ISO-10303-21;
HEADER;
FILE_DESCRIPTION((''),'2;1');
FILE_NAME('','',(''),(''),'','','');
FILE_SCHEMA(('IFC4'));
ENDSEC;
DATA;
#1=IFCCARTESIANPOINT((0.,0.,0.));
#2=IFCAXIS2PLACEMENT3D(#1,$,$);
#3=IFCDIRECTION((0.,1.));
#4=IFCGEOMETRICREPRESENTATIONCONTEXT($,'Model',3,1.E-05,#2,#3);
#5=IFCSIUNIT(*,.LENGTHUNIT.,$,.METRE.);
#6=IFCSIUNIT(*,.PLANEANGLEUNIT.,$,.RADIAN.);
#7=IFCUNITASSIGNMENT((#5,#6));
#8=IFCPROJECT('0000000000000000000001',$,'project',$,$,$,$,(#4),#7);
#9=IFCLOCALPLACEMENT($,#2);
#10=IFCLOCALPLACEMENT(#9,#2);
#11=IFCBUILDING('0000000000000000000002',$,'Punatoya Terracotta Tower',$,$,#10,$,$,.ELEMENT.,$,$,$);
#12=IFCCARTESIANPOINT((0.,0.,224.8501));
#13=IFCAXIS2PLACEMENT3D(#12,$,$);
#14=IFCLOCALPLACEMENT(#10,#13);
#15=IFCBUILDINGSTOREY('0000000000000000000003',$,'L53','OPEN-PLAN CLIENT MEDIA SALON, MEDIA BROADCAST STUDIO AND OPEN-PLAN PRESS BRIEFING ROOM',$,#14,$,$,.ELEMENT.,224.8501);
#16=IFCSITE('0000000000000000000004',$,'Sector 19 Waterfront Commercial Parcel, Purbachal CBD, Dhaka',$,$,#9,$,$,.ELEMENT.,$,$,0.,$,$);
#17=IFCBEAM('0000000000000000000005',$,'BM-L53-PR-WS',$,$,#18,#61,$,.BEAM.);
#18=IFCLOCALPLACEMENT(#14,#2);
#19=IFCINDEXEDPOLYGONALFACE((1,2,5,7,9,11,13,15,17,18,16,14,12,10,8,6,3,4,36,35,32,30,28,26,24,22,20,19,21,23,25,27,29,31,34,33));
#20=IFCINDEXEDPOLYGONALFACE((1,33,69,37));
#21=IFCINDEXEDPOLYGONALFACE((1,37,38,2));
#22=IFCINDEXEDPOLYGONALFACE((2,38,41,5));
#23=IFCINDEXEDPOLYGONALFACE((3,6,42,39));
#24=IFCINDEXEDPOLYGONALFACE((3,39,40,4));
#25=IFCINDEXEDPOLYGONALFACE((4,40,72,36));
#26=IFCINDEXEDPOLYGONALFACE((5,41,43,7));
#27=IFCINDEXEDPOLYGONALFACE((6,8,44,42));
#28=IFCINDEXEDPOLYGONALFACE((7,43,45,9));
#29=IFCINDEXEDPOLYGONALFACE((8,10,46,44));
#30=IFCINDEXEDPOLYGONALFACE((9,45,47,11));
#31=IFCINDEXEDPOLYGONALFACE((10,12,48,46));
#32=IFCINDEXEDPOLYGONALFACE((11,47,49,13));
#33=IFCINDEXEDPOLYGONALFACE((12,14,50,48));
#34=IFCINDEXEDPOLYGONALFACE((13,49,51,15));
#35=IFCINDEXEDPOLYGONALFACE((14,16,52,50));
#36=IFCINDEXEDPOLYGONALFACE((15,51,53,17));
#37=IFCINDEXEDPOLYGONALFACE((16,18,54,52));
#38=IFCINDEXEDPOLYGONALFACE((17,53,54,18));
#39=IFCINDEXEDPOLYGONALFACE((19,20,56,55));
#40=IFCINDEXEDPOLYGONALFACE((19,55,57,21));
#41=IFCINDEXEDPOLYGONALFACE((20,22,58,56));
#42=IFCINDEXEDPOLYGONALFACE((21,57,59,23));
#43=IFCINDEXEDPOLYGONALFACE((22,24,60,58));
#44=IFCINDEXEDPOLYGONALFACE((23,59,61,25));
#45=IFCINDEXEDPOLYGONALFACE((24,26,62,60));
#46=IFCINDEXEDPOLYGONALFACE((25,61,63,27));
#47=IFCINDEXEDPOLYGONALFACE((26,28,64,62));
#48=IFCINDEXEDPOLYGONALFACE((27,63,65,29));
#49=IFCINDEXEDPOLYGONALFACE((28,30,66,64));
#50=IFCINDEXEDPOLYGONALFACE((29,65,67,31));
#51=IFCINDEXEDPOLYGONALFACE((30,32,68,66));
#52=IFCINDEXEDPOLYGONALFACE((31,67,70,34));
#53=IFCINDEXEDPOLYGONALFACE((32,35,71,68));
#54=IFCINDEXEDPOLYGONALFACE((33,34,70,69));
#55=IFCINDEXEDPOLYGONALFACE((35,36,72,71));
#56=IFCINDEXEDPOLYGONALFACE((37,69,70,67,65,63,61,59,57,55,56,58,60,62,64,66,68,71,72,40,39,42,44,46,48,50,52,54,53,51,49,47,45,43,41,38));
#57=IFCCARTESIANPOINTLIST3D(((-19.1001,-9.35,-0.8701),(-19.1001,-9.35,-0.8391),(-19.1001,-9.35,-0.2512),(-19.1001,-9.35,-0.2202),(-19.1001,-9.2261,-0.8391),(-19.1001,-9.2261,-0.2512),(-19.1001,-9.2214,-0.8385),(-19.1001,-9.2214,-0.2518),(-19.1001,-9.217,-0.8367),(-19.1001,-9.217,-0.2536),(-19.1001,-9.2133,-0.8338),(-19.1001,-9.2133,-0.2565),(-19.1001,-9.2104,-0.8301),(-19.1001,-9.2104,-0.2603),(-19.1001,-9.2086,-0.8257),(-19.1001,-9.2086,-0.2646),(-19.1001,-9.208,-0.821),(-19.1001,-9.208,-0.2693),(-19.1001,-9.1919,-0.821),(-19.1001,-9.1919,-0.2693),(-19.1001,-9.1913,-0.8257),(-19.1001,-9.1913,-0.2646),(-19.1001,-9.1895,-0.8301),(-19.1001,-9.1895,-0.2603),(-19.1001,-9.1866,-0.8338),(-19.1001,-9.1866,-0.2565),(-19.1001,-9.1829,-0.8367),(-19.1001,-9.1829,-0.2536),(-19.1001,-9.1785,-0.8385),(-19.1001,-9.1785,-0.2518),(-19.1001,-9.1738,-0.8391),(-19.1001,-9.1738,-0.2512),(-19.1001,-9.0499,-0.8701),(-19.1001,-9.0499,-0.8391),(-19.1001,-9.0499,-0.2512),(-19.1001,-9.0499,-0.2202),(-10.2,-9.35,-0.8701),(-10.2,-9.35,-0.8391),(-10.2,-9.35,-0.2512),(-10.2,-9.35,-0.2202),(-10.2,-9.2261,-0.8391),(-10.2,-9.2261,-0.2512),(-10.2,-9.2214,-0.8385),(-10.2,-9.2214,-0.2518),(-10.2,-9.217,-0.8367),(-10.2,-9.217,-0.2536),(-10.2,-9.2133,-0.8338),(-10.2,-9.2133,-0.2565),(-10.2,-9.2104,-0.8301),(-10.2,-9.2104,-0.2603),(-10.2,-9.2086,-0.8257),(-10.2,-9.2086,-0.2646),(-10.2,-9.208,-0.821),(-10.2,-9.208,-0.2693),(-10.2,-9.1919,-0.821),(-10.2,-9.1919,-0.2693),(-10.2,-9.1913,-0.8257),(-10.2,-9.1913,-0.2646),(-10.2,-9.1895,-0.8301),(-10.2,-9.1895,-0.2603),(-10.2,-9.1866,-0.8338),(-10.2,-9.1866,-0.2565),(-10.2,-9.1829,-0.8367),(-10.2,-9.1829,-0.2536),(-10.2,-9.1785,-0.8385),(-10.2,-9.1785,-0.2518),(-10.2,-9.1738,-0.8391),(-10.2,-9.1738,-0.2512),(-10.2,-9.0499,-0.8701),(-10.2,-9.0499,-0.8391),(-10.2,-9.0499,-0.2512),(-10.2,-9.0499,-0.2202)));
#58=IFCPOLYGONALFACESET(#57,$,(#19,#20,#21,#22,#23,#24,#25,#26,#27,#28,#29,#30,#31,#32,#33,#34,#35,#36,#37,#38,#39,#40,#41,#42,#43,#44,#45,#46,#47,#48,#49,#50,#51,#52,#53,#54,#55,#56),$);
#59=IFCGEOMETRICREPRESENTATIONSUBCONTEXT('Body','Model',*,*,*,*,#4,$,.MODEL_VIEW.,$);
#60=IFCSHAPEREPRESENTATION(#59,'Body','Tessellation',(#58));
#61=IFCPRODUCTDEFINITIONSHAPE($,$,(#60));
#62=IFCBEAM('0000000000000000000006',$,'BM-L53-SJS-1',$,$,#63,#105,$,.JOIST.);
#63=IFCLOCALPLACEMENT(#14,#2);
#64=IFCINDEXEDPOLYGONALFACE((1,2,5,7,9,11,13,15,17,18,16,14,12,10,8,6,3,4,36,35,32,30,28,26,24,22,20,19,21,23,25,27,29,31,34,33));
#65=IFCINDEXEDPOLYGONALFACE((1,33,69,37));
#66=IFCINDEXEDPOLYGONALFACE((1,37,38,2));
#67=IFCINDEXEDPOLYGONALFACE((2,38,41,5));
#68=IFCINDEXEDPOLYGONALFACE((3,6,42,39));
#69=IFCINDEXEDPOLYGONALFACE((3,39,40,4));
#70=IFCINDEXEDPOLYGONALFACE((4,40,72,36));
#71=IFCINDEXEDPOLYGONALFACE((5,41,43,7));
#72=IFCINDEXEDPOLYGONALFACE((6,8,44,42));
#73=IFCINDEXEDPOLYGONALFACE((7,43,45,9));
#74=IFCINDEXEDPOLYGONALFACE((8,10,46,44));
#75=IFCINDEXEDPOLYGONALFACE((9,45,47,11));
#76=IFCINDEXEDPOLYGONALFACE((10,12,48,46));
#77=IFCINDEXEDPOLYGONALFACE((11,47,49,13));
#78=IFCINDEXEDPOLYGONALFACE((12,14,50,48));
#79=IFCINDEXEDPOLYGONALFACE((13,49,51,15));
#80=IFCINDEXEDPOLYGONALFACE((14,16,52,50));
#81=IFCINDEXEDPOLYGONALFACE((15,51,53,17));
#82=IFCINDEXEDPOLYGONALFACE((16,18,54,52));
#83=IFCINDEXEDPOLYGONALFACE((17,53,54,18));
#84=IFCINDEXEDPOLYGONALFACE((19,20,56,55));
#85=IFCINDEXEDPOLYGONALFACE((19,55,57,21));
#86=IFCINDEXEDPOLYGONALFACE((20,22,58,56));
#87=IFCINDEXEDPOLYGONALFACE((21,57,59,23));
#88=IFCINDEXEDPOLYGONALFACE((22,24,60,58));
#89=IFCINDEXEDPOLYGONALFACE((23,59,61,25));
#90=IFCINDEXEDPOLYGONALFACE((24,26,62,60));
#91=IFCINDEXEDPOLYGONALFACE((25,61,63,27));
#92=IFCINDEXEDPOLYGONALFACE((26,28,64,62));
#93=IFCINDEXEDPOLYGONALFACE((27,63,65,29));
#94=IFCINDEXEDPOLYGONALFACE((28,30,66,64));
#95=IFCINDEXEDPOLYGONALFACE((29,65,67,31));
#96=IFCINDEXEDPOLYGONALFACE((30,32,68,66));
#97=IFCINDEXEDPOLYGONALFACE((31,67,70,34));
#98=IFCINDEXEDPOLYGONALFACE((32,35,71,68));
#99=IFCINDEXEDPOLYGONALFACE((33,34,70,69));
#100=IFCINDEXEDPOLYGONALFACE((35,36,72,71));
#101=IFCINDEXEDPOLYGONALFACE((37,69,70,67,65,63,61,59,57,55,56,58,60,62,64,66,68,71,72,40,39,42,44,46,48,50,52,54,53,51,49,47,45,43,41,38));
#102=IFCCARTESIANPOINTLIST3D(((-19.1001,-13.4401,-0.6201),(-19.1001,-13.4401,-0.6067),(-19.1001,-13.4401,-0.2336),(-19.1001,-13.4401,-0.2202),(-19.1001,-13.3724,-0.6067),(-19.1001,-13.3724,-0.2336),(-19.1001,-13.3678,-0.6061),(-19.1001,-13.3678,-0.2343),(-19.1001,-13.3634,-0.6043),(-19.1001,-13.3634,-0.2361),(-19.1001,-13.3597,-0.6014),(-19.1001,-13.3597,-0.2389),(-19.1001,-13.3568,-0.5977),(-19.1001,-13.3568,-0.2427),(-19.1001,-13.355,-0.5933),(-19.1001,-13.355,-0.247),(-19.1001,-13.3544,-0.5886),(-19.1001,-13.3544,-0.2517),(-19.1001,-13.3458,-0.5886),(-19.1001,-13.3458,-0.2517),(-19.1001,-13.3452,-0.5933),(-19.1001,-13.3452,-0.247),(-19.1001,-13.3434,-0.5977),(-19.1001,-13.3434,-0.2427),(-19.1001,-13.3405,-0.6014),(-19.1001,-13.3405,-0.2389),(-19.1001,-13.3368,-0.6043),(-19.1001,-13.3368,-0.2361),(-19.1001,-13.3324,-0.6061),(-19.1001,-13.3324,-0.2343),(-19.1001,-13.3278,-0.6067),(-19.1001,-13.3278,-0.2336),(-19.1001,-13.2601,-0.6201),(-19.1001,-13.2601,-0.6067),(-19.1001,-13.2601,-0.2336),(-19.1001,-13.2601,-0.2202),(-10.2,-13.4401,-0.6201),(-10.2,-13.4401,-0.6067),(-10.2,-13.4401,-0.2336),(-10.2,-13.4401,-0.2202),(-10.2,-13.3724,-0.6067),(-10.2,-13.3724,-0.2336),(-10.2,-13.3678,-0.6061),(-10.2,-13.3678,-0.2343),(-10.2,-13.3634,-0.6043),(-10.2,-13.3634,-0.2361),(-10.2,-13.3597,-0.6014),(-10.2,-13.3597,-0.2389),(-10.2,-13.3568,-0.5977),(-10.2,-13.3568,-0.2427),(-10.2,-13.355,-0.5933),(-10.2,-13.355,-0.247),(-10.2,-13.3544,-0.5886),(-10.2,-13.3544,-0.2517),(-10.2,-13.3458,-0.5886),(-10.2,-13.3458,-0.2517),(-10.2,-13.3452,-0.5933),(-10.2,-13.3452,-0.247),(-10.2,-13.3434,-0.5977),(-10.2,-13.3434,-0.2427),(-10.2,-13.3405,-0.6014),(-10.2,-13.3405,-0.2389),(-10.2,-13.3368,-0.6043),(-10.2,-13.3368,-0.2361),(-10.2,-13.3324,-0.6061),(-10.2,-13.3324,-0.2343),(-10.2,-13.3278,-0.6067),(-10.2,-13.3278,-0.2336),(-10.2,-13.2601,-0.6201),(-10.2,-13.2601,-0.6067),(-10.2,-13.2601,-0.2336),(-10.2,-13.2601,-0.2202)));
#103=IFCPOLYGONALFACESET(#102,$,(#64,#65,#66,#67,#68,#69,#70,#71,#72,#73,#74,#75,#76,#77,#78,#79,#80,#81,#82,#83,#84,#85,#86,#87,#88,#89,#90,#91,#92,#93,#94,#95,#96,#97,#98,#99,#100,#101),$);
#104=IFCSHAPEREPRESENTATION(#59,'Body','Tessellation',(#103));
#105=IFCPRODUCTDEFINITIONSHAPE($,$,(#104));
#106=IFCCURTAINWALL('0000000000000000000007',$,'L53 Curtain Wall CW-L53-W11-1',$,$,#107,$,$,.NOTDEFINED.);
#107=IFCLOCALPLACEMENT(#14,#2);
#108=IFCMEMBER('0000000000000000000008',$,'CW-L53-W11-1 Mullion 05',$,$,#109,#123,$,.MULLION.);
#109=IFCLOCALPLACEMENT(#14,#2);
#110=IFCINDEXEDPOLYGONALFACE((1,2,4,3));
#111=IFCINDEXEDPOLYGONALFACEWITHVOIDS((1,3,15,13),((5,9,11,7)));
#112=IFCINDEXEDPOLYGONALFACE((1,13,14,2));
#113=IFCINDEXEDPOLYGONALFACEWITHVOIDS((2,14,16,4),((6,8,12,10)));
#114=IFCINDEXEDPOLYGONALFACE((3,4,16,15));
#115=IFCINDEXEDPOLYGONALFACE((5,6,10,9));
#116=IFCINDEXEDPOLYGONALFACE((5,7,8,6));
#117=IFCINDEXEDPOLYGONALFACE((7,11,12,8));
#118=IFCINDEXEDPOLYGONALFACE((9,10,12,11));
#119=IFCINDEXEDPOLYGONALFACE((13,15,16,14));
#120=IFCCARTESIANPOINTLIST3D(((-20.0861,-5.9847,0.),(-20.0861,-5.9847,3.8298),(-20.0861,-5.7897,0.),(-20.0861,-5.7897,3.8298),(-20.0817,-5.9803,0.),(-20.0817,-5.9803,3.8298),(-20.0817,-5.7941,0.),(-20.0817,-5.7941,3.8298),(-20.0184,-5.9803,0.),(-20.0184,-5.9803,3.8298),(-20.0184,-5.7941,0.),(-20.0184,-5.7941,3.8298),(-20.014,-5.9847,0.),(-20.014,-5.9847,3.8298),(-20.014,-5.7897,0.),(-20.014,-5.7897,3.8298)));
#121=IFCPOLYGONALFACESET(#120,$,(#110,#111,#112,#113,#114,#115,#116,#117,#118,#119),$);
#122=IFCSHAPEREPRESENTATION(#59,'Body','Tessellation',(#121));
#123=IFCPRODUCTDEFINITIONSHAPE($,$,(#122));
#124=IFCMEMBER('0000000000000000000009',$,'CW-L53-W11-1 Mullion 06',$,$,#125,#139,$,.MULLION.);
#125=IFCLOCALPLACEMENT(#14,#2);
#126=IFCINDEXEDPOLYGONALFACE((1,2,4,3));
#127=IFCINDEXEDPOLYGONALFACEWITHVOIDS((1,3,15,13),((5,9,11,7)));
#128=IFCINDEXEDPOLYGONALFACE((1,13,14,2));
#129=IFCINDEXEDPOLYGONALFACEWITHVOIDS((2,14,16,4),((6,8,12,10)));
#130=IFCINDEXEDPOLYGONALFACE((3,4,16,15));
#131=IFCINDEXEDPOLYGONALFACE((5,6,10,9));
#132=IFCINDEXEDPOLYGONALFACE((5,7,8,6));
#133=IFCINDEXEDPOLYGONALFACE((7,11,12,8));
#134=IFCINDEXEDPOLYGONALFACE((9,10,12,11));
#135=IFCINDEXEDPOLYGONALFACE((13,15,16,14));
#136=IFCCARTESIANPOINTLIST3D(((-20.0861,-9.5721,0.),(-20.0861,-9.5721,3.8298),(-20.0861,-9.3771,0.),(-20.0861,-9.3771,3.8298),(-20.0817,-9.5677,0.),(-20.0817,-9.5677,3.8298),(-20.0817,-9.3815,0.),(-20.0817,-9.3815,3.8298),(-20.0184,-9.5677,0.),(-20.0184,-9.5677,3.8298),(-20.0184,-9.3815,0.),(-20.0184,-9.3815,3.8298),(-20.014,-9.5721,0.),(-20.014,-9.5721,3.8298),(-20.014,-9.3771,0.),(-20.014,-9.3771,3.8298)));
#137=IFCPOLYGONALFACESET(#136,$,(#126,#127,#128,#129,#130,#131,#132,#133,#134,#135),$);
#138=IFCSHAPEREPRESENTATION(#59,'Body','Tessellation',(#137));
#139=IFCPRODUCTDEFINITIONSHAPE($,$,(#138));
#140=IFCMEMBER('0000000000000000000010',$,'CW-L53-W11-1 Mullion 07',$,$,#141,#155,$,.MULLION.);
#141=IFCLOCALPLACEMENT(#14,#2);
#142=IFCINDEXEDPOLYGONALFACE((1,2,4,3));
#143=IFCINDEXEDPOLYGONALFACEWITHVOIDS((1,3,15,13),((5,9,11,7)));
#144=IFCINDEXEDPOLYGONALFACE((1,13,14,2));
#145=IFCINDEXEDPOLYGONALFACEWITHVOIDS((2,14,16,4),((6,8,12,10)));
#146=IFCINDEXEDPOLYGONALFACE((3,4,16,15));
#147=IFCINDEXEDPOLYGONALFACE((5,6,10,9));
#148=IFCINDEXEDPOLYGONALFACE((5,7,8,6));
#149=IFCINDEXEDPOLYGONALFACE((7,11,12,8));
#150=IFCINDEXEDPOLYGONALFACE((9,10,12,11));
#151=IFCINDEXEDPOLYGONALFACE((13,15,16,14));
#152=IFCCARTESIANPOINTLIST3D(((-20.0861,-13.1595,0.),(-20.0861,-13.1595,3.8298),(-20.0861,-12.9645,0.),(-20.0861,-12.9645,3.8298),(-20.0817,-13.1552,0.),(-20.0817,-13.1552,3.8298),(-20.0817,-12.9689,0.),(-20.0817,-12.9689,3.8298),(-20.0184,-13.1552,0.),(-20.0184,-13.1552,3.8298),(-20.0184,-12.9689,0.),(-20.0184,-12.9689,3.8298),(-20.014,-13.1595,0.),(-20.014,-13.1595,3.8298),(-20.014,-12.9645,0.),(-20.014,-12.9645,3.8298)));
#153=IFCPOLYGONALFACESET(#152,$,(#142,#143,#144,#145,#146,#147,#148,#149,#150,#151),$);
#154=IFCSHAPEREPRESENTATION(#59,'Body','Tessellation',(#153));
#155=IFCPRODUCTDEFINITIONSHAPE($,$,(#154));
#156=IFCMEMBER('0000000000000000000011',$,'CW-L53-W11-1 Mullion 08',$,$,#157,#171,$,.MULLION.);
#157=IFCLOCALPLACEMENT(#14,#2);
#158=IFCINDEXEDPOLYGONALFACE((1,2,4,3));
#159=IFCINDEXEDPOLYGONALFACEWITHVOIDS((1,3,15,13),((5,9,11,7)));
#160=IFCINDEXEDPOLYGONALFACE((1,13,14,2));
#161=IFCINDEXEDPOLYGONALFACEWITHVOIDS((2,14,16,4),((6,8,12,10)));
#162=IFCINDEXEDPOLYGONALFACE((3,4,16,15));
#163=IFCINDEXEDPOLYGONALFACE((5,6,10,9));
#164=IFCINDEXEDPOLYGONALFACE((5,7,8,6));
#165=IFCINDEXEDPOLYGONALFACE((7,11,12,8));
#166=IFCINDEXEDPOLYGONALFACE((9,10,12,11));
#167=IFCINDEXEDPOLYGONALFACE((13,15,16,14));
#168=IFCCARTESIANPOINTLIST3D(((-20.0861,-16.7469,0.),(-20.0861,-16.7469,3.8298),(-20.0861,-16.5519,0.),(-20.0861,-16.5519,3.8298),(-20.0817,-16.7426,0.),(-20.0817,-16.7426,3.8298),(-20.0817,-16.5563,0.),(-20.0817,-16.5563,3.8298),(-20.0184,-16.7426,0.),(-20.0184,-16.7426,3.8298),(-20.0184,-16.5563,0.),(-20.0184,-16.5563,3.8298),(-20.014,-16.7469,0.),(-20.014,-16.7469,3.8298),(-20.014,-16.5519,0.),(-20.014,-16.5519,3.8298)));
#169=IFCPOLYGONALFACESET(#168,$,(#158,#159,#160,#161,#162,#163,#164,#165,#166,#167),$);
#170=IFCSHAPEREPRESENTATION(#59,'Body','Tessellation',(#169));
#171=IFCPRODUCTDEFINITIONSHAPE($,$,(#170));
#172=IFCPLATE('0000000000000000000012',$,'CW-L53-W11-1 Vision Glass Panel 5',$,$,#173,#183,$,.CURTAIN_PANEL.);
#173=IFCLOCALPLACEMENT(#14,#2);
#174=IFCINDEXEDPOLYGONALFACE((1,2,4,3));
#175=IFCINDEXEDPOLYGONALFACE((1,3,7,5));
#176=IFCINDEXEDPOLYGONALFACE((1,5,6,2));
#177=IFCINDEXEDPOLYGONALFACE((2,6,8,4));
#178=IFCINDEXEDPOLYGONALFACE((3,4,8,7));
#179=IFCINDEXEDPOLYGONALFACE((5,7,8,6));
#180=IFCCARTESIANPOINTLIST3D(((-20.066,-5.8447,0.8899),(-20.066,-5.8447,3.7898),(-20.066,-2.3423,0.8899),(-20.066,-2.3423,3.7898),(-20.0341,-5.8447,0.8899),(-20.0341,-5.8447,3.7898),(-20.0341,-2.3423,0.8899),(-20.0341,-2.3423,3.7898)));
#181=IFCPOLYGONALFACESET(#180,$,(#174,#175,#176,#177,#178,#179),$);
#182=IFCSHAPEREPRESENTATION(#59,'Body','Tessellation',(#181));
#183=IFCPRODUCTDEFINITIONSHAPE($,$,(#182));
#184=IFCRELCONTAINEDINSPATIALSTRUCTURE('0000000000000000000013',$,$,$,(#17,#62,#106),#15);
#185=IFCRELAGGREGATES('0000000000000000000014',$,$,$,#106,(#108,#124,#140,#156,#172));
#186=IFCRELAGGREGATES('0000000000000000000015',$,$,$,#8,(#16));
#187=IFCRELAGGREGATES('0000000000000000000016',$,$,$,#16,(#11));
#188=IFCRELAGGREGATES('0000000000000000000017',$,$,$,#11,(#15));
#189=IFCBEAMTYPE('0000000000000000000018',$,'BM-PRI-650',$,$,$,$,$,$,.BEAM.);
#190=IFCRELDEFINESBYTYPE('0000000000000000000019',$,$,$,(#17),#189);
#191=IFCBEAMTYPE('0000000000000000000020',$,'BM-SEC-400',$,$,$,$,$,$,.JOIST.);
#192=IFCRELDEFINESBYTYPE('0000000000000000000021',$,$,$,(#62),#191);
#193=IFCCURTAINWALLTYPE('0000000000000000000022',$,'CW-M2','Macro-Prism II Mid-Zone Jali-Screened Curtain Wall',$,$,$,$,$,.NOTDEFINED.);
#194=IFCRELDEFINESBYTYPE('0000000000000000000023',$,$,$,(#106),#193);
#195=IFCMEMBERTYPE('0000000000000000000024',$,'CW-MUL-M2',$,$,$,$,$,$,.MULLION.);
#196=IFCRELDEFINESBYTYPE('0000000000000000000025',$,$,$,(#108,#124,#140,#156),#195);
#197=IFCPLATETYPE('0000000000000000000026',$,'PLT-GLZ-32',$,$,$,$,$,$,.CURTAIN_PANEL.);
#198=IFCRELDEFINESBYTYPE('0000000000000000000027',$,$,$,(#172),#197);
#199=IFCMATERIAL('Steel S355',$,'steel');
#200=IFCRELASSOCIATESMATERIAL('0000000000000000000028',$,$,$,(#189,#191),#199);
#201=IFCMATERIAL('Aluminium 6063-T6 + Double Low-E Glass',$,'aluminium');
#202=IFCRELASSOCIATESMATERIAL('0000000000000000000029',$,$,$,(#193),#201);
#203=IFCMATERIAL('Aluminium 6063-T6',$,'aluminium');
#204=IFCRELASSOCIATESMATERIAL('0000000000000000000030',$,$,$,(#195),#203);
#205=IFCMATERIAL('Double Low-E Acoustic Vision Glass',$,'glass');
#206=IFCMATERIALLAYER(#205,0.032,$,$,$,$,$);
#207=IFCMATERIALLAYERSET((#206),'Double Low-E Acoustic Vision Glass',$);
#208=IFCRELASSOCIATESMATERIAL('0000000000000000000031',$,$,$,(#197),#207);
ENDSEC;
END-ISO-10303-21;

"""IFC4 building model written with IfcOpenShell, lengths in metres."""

from ifc_helpers import new_model, si_unit, direction, frame, origin, origin_2d, place, context, subcontext, project, spatial, rectangle, hollow_rectangle, i_section, extrude, material, layer, layer_set, material_profile, profile_set, type_object, element, aggregate, save


model = new_model("IFC4")

# Units and contexts
model_context = context("Model", 3, precision=1e-05, world=origin(), true_north=direction((0.0, 1.0)))
body_context = subcontext(model_context, "Body", "Model", "MODEL_VIEW")
ifc_project = project(units=[si_unit("LENGTHUNIT", "METRE"), si_unit("PLANEANGLEUNIT", "RADIAN")], contexts=[model_context])

# Site, building, storey
site_placement = place(None, origin())
site = spatial("IfcSite", under=ifc_project, at=site_placement, Name="Sector 19 Waterfront Commercial Parcel, Purbachal CBD, Dhaka", CompositionType="ELEMENT", RefElevation=0.0)
building_placement = place(site_placement, origin())
building = spatial("IfcBuilding", under=site, at=building_placement, Name="Punatoya Terracotta Tower", CompositionType="ELEMENT")
storey_placement = place(building_placement, frame((0.0, 0.0, 224.8501)))
storey = spatial("IfcBuildingStorey", under=building, at=storey_placement, Name="L53", Description="OPEN-PLAN CLIENT MEDIA SALON, MEDIA BROADCAST STUDIO AND OPEN-PLAN PRESS BRIEFING ROOM", CompositionType="ELEMENT", Elevation=224.8501)

# Beams
ifc_material_1 = material(Name="Steel S355", Category="steel")
ifc_material_profile_1 = material_profile(ifc_material_1, i_section(OverallWidth=0.3, OverallDepth=0.6499, WebThickness=0.0161, FlangeThickness=0.031, FilletRadius=0.0181, at=origin_2d()))
ifc_profile_set_1 = profile_set([ifc_material_profile_1], Name="Steel S355")
beam_type_1 = type_object("IfcBeamType", Name="BM-PRI-650", PredefinedType="BEAM", material=ifc_profile_set_1)
beam_1_placement = place(storey_placement, frame((-19.1001, -9.2, -0.5452), z_axis=(1.0, 0.0, 0.0), x_axis=(0.0, 1.0, 0.0)))
element("IfcBeam", 1, at=beam_1_placement, inside=storey, type_object=beam_type_1, Name="BM-L53-PR-WS", PredefinedType="BEAM", context=body_context, shape_type="SweptSolid", body=[
    extrude(i_section(OverallWidth=0.3, OverallDepth=0.6499, WebThickness=0.0161, FlangeThickness=0.031, FilletRadius=0.0181, at=origin_2d()), origin(), (0.0, 0.0, 1.0), 8.9001),
])
ifc_material_profile_2 = material_profile(ifc_material_1, i_section(OverallWidth=0.1799, OverallDepth=0.3999, WebThickness=0.0085, FlangeThickness=0.0134, FilletRadius=0.0181, at=origin_2d()))
ifc_profile_set_2 = profile_set([ifc_material_profile_2], Name="Steel S355")
beam_type_2 = type_object("IfcBeamType", Name="BM-SEC-400", PredefinedType="JOIST", material=ifc_profile_set_2)
beam_2_placement = place(storey_placement, frame((-19.1001, -13.3501, -0.4202), z_axis=(1.0, 0.0, 0.0), x_axis=(0.0, 1.0, 0.0)))
element("IfcBeam", 2, at=beam_2_placement, inside=storey, type_object=beam_type_2, Name="BM-L53-SJS-1", PredefinedType="JOIST", context=body_context, shape_type="SweptSolid", body=[
    extrude(i_section(OverallWidth=0.1799, OverallDepth=0.3999, WebThickness=0.0085, FlangeThickness=0.0134, FilletRadius=0.0181, at=origin_2d()), origin(), (0.0, 0.0, 1.0), 8.9001),
])

# Curtain wall, members, plate
ifc_material_2 = material(Name="Aluminium 6063-T6 + Double Low-E Glass", Category="aluminium")
curtain_wall_type = type_object("IfcCurtainWallType", Name="CW-M2", Description="Macro-Prism II Mid-Zone Jali-Screened Curtain Wall", PredefinedType="NOTDEFINED", material=ifc_material_2)
curtain_wall_placement = place(storey_placement, origin())
curtain_wall = element("IfcCurtainWall", 3, at=curtain_wall_placement, inside=storey, type_object=curtain_wall_type, Name="L53 Curtain Wall CW-L53-W11-1", PredefinedType="NOTDEFINED")
ifc_material_3 = material(Name="Aluminium 6063-T6", Category="aluminium")
ifc_material_profile_3 = material_profile(ifc_material_3, hollow_rectangle(XDim=0.072, YDim=0.1951, WallThickness=0.0044, at=origin_2d()))
ifc_profile_set_3 = profile_set([ifc_material_profile_3], Name="Aluminium 6063-T6")
member_type = type_object("IfcMemberType", Name="CW-MUL-M2", PredefinedType="MULLION", material=ifc_profile_set_3)
member_1_placement = place(storey_placement, frame((-20.05, -5.8872, 0.0), z_axis=(0.0, 0.0, 1.0), x_axis=(1.0, 0.0, 0.0)))
member_1 = element("IfcMember", 4, at=member_1_placement, type_object=member_type, Name="CW-L53-W11-1 Mullion 05", PredefinedType="MULLION", context=body_context, shape_type="SweptSolid", body=[
    extrude(hollow_rectangle(XDim=0.072, YDim=0.1951, WallThickness=0.0044, at=origin_2d()), origin(), (0.0, 0.0, 1.0), 3.8298),
])
member_2_placement = place(storey_placement, frame((-20.05, -9.4746, 0.0), z_axis=(0.0, 0.0, 1.0), x_axis=(1.0, 0.0, 0.0)))
member_2 = element("IfcMember", 5, at=member_2_placement, type_object=member_type, Name="CW-L53-W11-1 Mullion 06", PredefinedType="MULLION", context=body_context, shape_type="SweptSolid", body=[
    extrude(hollow_rectangle(XDim=0.072, YDim=0.1951, WallThickness=0.0044, at=origin_2d()), origin(), (0.0, 0.0, 1.0), 3.8298),
])
member_3_placement = place(storey_placement, frame((-20.05, -13.062, 0.0), z_axis=(0.0, 0.0, 1.0), x_axis=(1.0, 0.0, 0.0)))
member_3 = element("IfcMember", 6, at=member_3_placement, type_object=member_type, Name="CW-L53-W11-1 Mullion 07", PredefinedType="MULLION", context=body_context, shape_type="SweptSolid", body=[
    extrude(hollow_rectangle(XDim=0.072, YDim=0.1951, WallThickness=0.0044, at=origin_2d()), origin(), (0.0, 0.0, 1.0), 3.8298),
])
member_4_placement = place(storey_placement, frame((-20.05, -16.6494, 0.0), z_axis=(0.0, 0.0, 1.0), x_axis=(1.0, 0.0, 0.0)))
member_4 = element("IfcMember", 7, at=member_4_placement, type_object=member_type, Name="CW-L53-W11-1 Mullion 08", PredefinedType="MULLION", context=body_context, shape_type="SweptSolid", body=[
    extrude(hollow_rectangle(XDim=0.072, YDim=0.1951, WallThickness=0.0044, at=origin_2d()), origin(), (0.0, 0.0, 1.0), 3.8298),
])
ifc_material_4 = material(Name="Double Low-E Acoustic Vision Glass", Category="glass")
ifc_layer_1 = layer(ifc_material_4, 0.032)
ifc_layer_set_1 = layer_set([ifc_layer_1], Name="Double Low-E Acoustic Vision Glass")
plate_type_1 = type_object("IfcPlateType", Name="PLT-GLZ-32", PredefinedType="CURTAIN_PANEL", material=ifc_layer_set_1)
plate_1_placement = place(storey_placement, frame((-20.05, -4.0935, 0.8899), z_axis=(0.0, 0.0, 1.0), x_axis=(0.0, -1.0, 0.0)))
plate_1 = element("IfcPlate", 8, at=plate_1_placement, type_object=plate_type_1, Name="CW-L53-W11-1 Vision Glass Panel 5", PredefinedType="CURTAIN_PANEL", context=body_context, shape_type="SweptSolid", body=[
    extrude(rectangle(XDim=3.5024, YDim=0.032, at=origin_2d()), origin(), (0.0, 0.0, 1.0), 2.8999),
])
aggregate(curtain_wall, [member_1, member_2, member_3, member_4, plate_1])

save(model, "model.ifc")
